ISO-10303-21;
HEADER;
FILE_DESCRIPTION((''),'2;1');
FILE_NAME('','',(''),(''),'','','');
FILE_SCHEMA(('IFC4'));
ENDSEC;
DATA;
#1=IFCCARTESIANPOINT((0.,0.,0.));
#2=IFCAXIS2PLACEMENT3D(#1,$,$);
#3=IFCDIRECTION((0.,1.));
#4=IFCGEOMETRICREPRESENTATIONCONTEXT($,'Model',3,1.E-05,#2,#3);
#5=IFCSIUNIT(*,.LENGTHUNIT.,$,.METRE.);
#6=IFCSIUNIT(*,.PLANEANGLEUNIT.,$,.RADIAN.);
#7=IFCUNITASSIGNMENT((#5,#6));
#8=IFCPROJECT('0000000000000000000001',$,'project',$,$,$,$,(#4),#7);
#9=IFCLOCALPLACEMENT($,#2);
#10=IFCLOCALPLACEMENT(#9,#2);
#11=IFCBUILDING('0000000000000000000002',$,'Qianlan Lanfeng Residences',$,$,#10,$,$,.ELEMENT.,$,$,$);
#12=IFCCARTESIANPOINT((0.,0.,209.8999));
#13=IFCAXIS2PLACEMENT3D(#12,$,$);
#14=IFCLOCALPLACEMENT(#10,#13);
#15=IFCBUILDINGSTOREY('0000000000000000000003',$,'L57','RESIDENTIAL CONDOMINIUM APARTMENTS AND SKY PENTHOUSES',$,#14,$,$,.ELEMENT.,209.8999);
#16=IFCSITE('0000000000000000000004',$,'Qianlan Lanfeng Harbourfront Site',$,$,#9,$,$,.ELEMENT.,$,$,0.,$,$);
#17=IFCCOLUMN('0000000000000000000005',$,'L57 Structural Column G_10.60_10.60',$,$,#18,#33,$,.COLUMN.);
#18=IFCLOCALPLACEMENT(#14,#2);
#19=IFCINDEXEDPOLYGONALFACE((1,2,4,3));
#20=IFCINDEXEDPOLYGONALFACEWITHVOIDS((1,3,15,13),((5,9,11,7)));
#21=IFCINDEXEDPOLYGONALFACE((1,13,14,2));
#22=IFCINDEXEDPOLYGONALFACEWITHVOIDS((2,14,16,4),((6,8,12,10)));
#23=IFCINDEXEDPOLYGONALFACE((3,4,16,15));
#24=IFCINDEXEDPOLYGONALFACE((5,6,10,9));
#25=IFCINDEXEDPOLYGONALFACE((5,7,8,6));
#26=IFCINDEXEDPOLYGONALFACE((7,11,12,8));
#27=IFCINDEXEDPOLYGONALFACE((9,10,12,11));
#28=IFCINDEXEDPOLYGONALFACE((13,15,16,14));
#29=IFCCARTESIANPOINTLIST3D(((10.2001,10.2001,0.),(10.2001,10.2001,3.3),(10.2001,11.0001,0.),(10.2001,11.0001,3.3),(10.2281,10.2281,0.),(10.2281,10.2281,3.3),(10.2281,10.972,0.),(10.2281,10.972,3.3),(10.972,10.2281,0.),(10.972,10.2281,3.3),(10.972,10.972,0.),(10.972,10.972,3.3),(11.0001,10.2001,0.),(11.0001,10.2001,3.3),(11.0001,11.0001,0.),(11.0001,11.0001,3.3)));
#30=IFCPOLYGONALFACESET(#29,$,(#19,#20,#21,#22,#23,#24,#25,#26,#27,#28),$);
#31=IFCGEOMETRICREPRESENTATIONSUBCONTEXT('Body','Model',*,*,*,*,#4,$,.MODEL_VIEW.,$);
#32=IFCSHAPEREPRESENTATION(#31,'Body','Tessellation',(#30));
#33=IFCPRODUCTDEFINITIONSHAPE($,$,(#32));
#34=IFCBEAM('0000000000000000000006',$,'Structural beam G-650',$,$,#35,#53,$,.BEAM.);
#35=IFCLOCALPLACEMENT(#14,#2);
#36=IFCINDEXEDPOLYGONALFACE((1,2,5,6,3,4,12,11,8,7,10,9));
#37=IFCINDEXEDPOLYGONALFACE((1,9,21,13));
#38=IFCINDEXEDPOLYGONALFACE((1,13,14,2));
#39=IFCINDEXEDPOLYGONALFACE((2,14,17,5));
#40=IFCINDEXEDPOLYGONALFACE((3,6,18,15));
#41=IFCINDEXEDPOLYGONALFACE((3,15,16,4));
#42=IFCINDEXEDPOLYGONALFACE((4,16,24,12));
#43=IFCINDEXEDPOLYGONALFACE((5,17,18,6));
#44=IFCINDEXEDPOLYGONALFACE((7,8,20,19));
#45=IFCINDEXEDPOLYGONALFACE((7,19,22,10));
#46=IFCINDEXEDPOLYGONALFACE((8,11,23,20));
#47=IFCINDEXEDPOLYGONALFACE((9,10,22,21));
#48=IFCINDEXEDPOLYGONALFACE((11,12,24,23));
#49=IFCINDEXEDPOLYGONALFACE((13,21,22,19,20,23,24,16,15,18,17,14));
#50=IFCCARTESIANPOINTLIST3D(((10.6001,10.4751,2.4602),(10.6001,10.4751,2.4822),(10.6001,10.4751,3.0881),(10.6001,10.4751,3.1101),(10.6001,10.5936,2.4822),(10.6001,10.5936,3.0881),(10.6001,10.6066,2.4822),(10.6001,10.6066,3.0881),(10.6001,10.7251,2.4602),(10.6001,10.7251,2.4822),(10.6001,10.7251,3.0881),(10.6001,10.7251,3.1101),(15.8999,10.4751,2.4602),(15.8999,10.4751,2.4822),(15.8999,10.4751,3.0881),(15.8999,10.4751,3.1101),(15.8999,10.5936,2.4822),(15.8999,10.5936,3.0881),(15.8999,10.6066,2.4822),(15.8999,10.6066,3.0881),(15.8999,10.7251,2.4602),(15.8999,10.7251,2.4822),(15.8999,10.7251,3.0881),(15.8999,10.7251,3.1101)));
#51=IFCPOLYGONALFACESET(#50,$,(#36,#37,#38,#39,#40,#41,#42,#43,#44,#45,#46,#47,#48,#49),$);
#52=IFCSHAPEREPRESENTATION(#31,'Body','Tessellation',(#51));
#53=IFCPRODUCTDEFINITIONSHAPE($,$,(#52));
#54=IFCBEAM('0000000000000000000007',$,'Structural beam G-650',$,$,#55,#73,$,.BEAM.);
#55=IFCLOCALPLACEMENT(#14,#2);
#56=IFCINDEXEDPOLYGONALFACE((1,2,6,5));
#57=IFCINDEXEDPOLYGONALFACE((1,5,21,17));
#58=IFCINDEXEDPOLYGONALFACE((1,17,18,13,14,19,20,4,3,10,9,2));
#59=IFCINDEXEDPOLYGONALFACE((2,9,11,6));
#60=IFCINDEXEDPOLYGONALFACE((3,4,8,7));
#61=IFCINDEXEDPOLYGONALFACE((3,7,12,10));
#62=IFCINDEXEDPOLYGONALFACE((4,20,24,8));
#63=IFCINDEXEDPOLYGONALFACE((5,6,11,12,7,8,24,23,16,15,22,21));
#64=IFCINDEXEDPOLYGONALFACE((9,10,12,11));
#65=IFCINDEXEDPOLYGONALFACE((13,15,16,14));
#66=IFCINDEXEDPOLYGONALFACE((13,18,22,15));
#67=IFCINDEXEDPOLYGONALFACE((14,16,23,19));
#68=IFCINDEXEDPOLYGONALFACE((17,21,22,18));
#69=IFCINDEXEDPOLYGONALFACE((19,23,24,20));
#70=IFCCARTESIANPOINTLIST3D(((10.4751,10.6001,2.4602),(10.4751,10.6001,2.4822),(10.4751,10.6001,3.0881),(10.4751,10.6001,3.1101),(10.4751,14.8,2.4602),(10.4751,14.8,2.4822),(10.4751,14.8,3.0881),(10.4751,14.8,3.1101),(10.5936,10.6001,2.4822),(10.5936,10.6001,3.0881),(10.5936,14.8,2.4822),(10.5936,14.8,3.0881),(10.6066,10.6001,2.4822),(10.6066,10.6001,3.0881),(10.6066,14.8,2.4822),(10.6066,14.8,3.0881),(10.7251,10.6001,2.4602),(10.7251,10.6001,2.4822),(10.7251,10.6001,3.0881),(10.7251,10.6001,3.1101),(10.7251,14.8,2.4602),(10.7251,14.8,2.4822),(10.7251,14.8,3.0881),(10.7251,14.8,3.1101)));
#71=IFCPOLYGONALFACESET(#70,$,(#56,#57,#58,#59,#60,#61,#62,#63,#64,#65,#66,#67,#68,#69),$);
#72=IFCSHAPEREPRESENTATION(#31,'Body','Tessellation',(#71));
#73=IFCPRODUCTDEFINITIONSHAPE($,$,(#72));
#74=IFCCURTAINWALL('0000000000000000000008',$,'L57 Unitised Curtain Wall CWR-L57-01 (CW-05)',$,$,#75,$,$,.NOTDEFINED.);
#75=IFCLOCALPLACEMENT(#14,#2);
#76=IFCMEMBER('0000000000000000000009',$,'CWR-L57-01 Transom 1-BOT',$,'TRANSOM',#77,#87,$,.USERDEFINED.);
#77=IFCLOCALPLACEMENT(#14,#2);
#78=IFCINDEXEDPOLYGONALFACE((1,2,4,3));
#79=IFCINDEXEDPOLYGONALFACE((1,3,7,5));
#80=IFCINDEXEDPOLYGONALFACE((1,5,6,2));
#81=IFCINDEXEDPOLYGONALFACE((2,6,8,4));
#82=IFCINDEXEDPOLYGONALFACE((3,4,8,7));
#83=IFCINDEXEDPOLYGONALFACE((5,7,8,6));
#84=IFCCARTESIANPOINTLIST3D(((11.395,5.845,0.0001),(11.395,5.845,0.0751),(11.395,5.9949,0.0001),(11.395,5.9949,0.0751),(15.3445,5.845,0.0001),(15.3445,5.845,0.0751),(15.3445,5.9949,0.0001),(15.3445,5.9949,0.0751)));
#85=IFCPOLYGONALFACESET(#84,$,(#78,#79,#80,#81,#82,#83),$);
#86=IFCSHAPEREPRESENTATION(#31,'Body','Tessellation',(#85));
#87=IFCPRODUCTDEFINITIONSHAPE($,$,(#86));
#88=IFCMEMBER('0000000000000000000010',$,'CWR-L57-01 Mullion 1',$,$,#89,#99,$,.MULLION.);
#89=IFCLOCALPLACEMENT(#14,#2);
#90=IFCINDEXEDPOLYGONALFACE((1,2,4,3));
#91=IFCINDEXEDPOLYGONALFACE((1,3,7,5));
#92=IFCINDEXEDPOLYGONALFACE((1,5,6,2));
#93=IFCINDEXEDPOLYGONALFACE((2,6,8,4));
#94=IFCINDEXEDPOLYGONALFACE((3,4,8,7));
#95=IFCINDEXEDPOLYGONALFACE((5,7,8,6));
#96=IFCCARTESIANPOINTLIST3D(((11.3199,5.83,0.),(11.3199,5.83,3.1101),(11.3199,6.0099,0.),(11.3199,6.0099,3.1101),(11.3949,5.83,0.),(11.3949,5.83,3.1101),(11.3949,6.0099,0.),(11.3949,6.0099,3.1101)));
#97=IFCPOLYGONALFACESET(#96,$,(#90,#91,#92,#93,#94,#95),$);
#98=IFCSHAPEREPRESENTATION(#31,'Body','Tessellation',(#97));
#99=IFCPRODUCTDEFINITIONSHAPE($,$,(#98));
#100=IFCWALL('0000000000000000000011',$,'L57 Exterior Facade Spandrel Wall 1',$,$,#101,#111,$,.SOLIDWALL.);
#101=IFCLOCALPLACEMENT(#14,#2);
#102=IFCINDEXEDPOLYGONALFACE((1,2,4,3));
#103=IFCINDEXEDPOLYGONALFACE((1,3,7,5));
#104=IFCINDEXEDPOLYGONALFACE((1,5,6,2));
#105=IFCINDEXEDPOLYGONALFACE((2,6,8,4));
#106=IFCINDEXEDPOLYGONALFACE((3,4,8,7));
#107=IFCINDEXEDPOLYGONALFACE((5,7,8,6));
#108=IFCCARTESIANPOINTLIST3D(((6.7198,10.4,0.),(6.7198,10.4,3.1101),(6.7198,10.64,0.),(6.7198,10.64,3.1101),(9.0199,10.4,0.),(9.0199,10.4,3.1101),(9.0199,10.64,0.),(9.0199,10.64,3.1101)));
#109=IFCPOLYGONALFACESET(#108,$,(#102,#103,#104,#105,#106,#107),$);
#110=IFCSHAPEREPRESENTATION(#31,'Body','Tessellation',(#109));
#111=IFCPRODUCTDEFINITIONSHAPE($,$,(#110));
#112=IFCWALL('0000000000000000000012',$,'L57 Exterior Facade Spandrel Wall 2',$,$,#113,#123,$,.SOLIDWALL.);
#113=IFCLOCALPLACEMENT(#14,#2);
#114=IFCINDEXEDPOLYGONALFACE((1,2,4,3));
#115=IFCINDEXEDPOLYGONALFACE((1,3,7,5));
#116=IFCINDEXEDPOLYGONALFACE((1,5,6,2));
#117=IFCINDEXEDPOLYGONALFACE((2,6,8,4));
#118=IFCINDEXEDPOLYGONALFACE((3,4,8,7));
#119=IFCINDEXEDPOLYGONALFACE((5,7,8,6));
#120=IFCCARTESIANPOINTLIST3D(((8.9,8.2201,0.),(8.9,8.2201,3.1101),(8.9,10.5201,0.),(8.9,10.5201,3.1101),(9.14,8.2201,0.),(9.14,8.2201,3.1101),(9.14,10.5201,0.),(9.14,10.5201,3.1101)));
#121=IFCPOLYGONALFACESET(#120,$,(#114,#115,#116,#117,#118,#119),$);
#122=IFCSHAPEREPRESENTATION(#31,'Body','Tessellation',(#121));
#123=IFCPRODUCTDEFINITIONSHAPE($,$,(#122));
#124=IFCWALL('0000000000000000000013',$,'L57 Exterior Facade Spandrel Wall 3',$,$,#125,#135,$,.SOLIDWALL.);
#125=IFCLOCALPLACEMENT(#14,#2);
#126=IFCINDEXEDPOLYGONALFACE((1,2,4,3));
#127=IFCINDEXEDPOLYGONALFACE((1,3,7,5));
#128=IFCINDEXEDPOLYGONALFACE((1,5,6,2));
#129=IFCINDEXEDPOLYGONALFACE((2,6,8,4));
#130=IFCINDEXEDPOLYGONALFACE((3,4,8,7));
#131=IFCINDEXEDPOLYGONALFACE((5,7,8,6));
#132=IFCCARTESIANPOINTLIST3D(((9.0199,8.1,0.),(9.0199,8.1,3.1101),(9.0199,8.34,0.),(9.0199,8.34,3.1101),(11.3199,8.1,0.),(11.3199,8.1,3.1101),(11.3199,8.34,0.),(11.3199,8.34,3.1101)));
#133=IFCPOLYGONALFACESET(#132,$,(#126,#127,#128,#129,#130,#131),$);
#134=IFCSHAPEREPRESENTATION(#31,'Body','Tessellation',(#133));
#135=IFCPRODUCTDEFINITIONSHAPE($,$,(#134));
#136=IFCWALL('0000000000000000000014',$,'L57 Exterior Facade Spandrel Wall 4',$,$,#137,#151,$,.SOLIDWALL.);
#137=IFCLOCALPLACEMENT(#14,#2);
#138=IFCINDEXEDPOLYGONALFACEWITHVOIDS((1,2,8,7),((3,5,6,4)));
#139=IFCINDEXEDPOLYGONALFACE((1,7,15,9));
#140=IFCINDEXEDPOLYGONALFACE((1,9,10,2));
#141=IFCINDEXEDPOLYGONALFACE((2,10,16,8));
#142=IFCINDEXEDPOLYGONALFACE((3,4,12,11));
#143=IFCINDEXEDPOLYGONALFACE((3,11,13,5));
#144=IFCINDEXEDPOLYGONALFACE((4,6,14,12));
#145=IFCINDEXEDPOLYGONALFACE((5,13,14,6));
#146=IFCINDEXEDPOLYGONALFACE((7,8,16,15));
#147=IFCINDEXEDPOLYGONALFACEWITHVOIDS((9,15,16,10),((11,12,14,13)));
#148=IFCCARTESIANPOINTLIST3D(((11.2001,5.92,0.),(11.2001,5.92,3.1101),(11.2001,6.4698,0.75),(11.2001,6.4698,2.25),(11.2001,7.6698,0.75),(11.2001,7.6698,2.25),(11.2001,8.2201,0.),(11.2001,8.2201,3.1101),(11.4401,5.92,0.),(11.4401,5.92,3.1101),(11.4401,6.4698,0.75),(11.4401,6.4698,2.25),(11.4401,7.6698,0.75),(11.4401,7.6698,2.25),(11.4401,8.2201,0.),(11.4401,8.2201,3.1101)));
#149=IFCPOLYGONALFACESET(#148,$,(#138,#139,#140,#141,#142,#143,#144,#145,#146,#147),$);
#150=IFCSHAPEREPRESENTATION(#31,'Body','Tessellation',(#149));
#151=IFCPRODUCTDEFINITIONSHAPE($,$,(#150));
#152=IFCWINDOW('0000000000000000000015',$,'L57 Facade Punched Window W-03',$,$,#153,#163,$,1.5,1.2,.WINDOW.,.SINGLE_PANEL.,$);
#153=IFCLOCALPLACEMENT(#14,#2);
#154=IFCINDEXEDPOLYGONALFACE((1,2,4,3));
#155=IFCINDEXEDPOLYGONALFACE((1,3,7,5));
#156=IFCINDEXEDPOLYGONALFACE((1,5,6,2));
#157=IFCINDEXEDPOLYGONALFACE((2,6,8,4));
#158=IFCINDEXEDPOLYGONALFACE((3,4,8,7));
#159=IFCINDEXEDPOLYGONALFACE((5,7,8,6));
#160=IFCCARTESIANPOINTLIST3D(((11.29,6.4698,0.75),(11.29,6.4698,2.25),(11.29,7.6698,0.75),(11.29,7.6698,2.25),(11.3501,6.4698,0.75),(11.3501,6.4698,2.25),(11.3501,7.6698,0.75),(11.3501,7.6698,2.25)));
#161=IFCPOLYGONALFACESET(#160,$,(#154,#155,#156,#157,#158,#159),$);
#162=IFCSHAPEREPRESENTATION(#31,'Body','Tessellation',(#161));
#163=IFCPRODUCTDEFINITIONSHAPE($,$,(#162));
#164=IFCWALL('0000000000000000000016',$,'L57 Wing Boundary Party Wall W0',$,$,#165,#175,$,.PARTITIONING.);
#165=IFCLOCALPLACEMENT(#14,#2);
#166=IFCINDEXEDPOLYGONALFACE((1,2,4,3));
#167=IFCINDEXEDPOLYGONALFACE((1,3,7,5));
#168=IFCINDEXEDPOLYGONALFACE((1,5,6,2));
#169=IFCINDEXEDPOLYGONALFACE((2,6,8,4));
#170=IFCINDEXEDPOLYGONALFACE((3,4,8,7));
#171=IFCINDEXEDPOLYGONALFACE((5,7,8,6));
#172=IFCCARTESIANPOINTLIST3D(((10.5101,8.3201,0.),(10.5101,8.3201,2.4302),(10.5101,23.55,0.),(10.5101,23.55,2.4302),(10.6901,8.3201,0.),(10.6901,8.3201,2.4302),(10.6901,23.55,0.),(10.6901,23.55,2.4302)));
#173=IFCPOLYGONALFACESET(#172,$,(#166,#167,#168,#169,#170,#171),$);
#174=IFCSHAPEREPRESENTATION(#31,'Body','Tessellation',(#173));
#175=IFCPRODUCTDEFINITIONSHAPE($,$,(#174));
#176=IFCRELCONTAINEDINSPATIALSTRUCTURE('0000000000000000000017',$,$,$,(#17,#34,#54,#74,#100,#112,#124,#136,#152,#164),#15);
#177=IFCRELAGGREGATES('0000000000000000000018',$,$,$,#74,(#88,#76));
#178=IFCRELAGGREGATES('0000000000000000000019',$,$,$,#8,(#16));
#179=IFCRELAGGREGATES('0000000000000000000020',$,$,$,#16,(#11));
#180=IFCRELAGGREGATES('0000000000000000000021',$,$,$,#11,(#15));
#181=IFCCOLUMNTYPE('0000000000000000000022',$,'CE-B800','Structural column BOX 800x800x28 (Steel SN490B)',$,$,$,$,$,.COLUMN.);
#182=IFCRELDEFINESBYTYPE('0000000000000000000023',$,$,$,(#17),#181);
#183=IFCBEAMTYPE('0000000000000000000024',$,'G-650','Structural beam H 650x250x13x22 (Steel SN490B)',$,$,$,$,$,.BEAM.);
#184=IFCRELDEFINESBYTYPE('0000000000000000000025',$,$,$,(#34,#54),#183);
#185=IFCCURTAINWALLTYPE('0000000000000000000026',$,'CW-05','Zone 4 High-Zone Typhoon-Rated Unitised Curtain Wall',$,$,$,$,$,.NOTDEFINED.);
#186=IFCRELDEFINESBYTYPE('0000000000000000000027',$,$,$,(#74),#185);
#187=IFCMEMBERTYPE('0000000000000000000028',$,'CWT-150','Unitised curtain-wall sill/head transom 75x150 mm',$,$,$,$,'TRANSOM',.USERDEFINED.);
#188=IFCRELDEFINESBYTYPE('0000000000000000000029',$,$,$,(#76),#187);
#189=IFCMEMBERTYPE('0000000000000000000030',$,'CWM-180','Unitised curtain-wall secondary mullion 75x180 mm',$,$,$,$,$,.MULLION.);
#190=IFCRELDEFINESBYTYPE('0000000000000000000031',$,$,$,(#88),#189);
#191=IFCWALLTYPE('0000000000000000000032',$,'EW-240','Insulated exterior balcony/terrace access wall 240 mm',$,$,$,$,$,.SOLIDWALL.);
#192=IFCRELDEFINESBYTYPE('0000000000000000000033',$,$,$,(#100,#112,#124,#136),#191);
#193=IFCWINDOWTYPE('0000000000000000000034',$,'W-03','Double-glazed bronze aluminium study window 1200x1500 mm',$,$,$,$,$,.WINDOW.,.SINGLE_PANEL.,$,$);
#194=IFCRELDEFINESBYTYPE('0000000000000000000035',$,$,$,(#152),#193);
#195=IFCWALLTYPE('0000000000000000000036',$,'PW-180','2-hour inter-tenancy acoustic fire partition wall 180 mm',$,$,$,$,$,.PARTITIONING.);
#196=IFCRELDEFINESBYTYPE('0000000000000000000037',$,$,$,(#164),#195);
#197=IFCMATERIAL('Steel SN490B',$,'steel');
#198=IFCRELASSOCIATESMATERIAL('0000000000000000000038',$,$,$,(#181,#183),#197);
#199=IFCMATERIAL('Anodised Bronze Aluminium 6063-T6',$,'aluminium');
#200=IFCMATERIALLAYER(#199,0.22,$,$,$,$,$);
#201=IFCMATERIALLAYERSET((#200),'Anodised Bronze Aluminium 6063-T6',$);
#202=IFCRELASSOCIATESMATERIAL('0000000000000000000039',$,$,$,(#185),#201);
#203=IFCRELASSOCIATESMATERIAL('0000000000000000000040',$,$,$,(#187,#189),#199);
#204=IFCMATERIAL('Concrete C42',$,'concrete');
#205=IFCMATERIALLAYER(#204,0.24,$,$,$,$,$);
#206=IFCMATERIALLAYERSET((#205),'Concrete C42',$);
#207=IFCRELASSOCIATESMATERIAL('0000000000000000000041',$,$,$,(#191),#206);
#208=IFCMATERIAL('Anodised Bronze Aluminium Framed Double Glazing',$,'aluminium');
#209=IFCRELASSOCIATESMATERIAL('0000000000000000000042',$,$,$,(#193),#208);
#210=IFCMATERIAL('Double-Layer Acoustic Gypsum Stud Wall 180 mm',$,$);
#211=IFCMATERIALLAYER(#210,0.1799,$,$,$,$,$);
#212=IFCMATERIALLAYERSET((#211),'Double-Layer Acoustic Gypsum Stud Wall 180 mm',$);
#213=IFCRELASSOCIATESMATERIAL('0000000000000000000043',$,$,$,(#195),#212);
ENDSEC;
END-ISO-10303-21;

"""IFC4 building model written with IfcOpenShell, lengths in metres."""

from ifc_helpers import new_model, si_unit, direction, frame, frame_2d, origin, origin_2d, place, context, subcontext, project, spatial, rectangle, hollow_rectangle, i_section, extrude, source, transform, mapped, material, layer, layer_set, material_profile, profile_set, type_object, element, fill, aggregate, save


model = new_model("IFC4")

# Units and contexts
model_context = context("Model", 3, precision=1e-05, world=origin(), true_north=direction((0.0, 1.0)))
body_context = subcontext(model_context, "Body", "Model", "MODEL_VIEW")
ifc_project = project(units=[si_unit("LENGTHUNIT", "METRE"), si_unit("PLANEANGLEUNIT", "RADIAN")], contexts=[model_context])

# Site, building, storey
site_placement = place(None, origin())
site = spatial("IfcSite", under=ifc_project, at=site_placement, Name="Qianlan Lanfeng Harbourfront Site", CompositionType="ELEMENT", RefElevation=0.0)
building_placement = place(site_placement, origin())
building = spatial("IfcBuilding", under=site, at=building_placement, Name="Qianlan Lanfeng Residences", CompositionType="ELEMENT")
storey_placement = place(building_placement, frame((0.0, 0.0, 209.8999)))
storey = spatial("IfcBuildingStorey", under=building, at=storey_placement, Name="L57", Description="RESIDENTIAL CONDOMINIUM APARTMENTS AND SKY PENTHOUSES", CompositionType="ELEMENT", Elevation=209.8999)

# Column
ifc_material_1 = material(Name="Steel SN490B", Category="steel")
ifc_material_profile_1 = material_profile(ifc_material_1, hollow_rectangle(XDim=0.8, YDim=0.8, WallThickness=0.0281, at=origin_2d()), Name="BOX 800x800x28")
ifc_profile_set_1 = profile_set([ifc_material_profile_1], Name="Steel SN490B")
column_type = type_object("IfcColumnType", Name="CE-B800", Description="Structural column BOX 800x800x28 (Steel SN490B)", PredefinedType="COLUMN", material=ifc_profile_set_1)
column_placement = place(storey_placement, frame((10.6001, 10.6001, 0.0), z_axis=(0.0, 0.0, 1.0), x_axis=(1.0, 0.0, 0.0)))
element("IfcColumn", 1, at=column_placement, inside=storey, type_object=column_type, Name="L57 Structural Column G_10.60_10.60", PredefinedType="COLUMN", context=body_context, shape_type="SweptSolid", body=[
    extrude(hollow_rectangle(XDim=0.8, YDim=0.8, WallThickness=0.0281, at=origin_2d()), origin(), (0.0, 0.0, 1.0), 3.3),
])

# Beams
ifc_material_profile_2 = material_profile(ifc_material_1, i_section(OverallWidth=0.25, OverallDepth=0.6499, WebThickness=0.0129, FlangeThickness=0.022, at=origin_2d()), Name="H 650x250x13x22")
ifc_profile_set_2 = profile_set([ifc_material_profile_2], Name="Steel SN490B")
beam_type = type_object("IfcBeamType", Name="G-650", Description="Structural beam H 650x250x13x22 (Steel SN490B)", PredefinedType="BEAM", material=ifc_profile_set_2)
beam_1_placement = place(storey_placement, frame((10.6001, 10.6001, 2.7852), z_axis=(1.0, 0.0, 0.0), x_axis=(0.0, 1.0, 0.0)))
element("IfcBeam", 2, at=beam_1_placement, inside=storey, type_object=beam_type, Name="Structural beam G-650", PredefinedType="BEAM", context=body_context, shape_type="SweptSolid", body=[
    extrude(i_section(OverallWidth=0.25, OverallDepth=0.6499, WebThickness=0.0129, FlangeThickness=0.022, at=origin_2d()), origin(), (0.0, 0.0, 1.0), 5.2998),
])
beam_2_placement = place(storey_placement, frame((10.6001, 10.6001, 2.7852), z_axis=(0.0, 1.0, 0.0), x_axis=(-1.0, 0.0, 0.0)))
element("IfcBeam", 3, at=beam_2_placement, inside=storey, type_object=beam_type, Name="Structural beam G-650", PredefinedType="BEAM", context=body_context, shape_type="SweptSolid", body=[
    extrude(i_section(OverallWidth=0.25, OverallDepth=0.6499, WebThickness=0.0129, FlangeThickness=0.022, at=origin_2d()), origin(), (0.0, 0.0, 1.0), 4.2),
])

# Curtain wall, members
ifc_material_2 = material(Name="Anodised Bronze Aluminium 6063-T6", Category="aluminium")
ifc_layer_1 = layer(ifc_material_2, 0.22)
ifc_layer_set_1 = layer_set([ifc_layer_1], Name="Anodised Bronze Aluminium 6063-T6")
curtain_wall_type = type_object("IfcCurtainWallType", Name="CW-05", Description="Zone 4 High-Zone Typhoon-Rated Unitised Curtain Wall", PredefinedType="NOTDEFINED", material=ifc_layer_set_1)
curtain_wall_placement = place(storey_placement, origin())
curtain_wall = element("IfcCurtainWall", 4, at=curtain_wall_placement, inside=storey, type_object=curtain_wall_type, Name="L57 Unitised Curtain Wall CWR-L57-01 (CW-05)", PredefinedType="NOTDEFINED")
ifc_material_profile_3 = material_profile(ifc_material_2, rectangle(XDim=0.075, YDim=0.1499, at=origin_2d()), Name="ALU TRANSOM 75x150")
ifc_profile_set_3 = profile_set([ifc_material_profile_3], Name="Anodised Bronze Aluminium 6063-T6")
member_type_1 = type_object("IfcMemberType", Name="CWT-150", Description="Unitised curtain-wall sill/head transom 75x150 mm", ElementType="TRANSOM", PredefinedType="USERDEFINED", material=ifc_profile_set_3)
shared_shape_1 = source(origin(), body_context, "Body", "SweptSolid", [
    extrude(rectangle(XDim=0.075, YDim=0.1499, at=origin_2d()), origin(), (0.0, 0.0, 1.0), 3.9495),
])
member_1_placement = place(storey_placement, frame((11.395, 5.9199, 0.0376), z_axis=(1.0, 0.0, 0.0), x_axis=(0.0, 0.0, 1.0)))
member_1 = element("IfcMember", 5, at=member_1_placement, type_object=member_type_1, Name="CWR-L57-01 Transom 1-BOT", ObjectType="TRANSOM", PredefinedType="USERDEFINED", context=body_context, shape_type="MappedRepresentation", body=[
    mapped(shared_shape_1, transform((0.0, 0.0, 0.0), scale=1.0)),
])
ifc_material_profile_4 = material_profile(ifc_material_2, rectangle(XDim=0.075, YDim=0.1799, at=origin_2d()), Name="ALU MULLION 75x180")
ifc_profile_set_4 = profile_set([ifc_material_profile_4], Name="Anodised Bronze Aluminium 6063-T6")
member_type_2 = type_object("IfcMemberType", Name="CWM-180", Description="Unitised curtain-wall secondary mullion 75x180 mm", PredefinedType="MULLION", material=ifc_profile_set_4)
shared_shape_2 = source(origin(), body_context, "Body", "SweptSolid", [
    extrude(rectangle(XDim=0.075, YDim=0.1799, at=origin_2d()), origin(), (0.0, 0.0, 1.0), 3.1101),
])
member_2_placement = place(storey_placement, frame((11.3574, 5.9199, 0.0), z_axis=(0.0, 0.0, 1.0), x_axis=(1.0, 0.0, 0.0)))
member_2 = element("IfcMember", 6, at=member_2_placement, type_object=member_type_2, Name="CWR-L57-01 Mullion 1", PredefinedType="MULLION", context=body_context, shape_type="MappedRepresentation", body=[
    mapped(shared_shape_2, transform((0.0, 0.0, 0.0), scale=1.0)),
])
aggregate(curtain_wall, [member_2, member_1])

# Walls
ifc_material_3 = material(Name="Concrete C42", Category="concrete")
ifc_layer_2 = layer(ifc_material_3, 0.24)
ifc_layer_set_2 = layer_set([ifc_layer_2], Name="Concrete C42")
wall_type_1 = type_object("IfcWallType", Name="EW-240", Description="Insulated exterior balcony/terrace access wall 240 mm", PredefinedType="SOLIDWALL", material=ifc_layer_set_2)
for number, where, z_axis, x_axis, name in (
    (7, (6.72, 10.52, 0.0), (0.0, 0.0, 1.0), (1.0, 0.0, 0.0), "L57 Exterior Facade Spandrel Wall 1"),
    (8, (9.02, 10.52, 0.0), (0.0, 0.0, 1.0), (0.0, -1.0, 0.0), "L57 Exterior Facade Spandrel Wall 2"),
    (9, (9.02, 8.22, 0.0), (0.0, 0.0, 1.0), (1.0, 0.0, 0.0), "L57 Exterior Facade Spandrel Wall 3"),
):
    element("IfcWall", number, at=place(storey_placement, frame(where, z_axis=z_axis, x_axis=x_axis)), inside=storey, type_object=wall_type_1, Name=name, PredefinedType="SOLIDWALL", context=body_context, shape_type="SweptSolid", body=[
        extrude(rectangle(XDim=2.3, YDim=0.24, at=frame_2d((1.1499, 0.0))), origin(), (0.0, 0.0, 1.0), 3.1101),
    ])

# Wall, opening, window
wall_1_placement = place(storey_placement, frame((11.3201, 8.22, 0.0), z_axis=(0.0, 0.0, 1.0), x_axis=(0.0, -1.0, 0.0)))
wall_1 = element("IfcWall", 10, at=wall_1_placement, inside=storey, type_object=wall_type_1, Name="L57 Exterior Facade Spandrel Wall 4", PredefinedType="SOLIDWALL", context=body_context, shape_type="SweptSolid", body=[
    extrude(rectangle(XDim=2.3, YDim=0.24, at=frame_2d((1.1499, 0.0))), origin(), (0.0, 0.0, 1.0), 3.1101),
])
opening_placement = place(wall_1_placement, frame((0.55, 0.0, 0.75)))
opening = element("IfcOpeningElement", 11, at=opening_placement, cuts=wall_1, PredefinedType="OPENING", context=body_context, shape_type="SweptSolid", body=[
    extrude(rectangle(XDim=1.2, YDim=1.5, at=frame_2d((0.6001, 0.75))), frame((0.0, 0.1299, 0.0), z_axis=(0.0, -1.0, 0.0), x_axis=(1.0, 0.0, 0.0)), (0.0, 0.0, 1.0), 0.26),
])
ifc_material_4 = material(Name="Anodised Bronze Aluminium Framed Double Glazing", Category="aluminium")
window_type = type_object("IfcWindowType", Name="W-03", Description="Double-glazed bronze aluminium study window 1200x1500 mm", PartitioningType="SINGLE_PANEL", PredefinedType="WINDOW", material=ifc_material_4)
window_placement = place(opening_placement, origin())
window = element("IfcWindow", 12, at=window_placement, inside=storey, type_object=window_type, Name="L57 Facade Punched Window W-03", OverallHeight=1.5, OverallWidth=1.2, PartitioningType="SINGLE_PANEL", PredefinedType="WINDOW", context=body_context, shape_type="SweptSolid", body=[
    extrude(rectangle(XDim=1.2, YDim=1.5, at=frame_2d((0.6001, 0.75))), frame((0.0, 0.03, 0.0), z_axis=(0.0, -1.0, 0.0), x_axis=(1.0, 0.0, 0.0)), (0.0, 0.0, 1.0), 0.0601),
])
fill(opening, window)

# Wall
ifc_material_5 = material(Name="Double-Layer Acoustic Gypsum Stud Wall 180 mm")
ifc_layer_3 = layer(ifc_material_5, 0.1799)
ifc_layer_set_3 = layer_set([ifc_layer_3], Name="Double-Layer Acoustic Gypsum Stud Wall 180 mm")
wall_type_2 = type_object("IfcWallType", Name="PW-180", Description="2-hour inter-tenancy acoustic fire partition wall 180 mm", PredefinedType="PARTITIONING", material=ifc_layer_set_3)
wall_2_placement = place(storey_placement, frame((10.6001, 8.3201, 0.0), z_axis=(0.0, 0.0, 1.0), x_axis=(0.0, 1.0, 0.0)))
element("IfcWall", 13, at=wall_2_placement, inside=storey, type_object=wall_type_2, Name="L57 Wing Boundary Party Wall W0", PredefinedType="PARTITIONING", context=body_context, shape_type="SweptSolid", body=[
    extrude(rectangle(XDim=15.23, YDim=0.1799, at=frame_2d((7.615, 0.0))), origin(), (0.0, 0.0, 1.0), 2.4302),
])

save(model, "model.ifc")
